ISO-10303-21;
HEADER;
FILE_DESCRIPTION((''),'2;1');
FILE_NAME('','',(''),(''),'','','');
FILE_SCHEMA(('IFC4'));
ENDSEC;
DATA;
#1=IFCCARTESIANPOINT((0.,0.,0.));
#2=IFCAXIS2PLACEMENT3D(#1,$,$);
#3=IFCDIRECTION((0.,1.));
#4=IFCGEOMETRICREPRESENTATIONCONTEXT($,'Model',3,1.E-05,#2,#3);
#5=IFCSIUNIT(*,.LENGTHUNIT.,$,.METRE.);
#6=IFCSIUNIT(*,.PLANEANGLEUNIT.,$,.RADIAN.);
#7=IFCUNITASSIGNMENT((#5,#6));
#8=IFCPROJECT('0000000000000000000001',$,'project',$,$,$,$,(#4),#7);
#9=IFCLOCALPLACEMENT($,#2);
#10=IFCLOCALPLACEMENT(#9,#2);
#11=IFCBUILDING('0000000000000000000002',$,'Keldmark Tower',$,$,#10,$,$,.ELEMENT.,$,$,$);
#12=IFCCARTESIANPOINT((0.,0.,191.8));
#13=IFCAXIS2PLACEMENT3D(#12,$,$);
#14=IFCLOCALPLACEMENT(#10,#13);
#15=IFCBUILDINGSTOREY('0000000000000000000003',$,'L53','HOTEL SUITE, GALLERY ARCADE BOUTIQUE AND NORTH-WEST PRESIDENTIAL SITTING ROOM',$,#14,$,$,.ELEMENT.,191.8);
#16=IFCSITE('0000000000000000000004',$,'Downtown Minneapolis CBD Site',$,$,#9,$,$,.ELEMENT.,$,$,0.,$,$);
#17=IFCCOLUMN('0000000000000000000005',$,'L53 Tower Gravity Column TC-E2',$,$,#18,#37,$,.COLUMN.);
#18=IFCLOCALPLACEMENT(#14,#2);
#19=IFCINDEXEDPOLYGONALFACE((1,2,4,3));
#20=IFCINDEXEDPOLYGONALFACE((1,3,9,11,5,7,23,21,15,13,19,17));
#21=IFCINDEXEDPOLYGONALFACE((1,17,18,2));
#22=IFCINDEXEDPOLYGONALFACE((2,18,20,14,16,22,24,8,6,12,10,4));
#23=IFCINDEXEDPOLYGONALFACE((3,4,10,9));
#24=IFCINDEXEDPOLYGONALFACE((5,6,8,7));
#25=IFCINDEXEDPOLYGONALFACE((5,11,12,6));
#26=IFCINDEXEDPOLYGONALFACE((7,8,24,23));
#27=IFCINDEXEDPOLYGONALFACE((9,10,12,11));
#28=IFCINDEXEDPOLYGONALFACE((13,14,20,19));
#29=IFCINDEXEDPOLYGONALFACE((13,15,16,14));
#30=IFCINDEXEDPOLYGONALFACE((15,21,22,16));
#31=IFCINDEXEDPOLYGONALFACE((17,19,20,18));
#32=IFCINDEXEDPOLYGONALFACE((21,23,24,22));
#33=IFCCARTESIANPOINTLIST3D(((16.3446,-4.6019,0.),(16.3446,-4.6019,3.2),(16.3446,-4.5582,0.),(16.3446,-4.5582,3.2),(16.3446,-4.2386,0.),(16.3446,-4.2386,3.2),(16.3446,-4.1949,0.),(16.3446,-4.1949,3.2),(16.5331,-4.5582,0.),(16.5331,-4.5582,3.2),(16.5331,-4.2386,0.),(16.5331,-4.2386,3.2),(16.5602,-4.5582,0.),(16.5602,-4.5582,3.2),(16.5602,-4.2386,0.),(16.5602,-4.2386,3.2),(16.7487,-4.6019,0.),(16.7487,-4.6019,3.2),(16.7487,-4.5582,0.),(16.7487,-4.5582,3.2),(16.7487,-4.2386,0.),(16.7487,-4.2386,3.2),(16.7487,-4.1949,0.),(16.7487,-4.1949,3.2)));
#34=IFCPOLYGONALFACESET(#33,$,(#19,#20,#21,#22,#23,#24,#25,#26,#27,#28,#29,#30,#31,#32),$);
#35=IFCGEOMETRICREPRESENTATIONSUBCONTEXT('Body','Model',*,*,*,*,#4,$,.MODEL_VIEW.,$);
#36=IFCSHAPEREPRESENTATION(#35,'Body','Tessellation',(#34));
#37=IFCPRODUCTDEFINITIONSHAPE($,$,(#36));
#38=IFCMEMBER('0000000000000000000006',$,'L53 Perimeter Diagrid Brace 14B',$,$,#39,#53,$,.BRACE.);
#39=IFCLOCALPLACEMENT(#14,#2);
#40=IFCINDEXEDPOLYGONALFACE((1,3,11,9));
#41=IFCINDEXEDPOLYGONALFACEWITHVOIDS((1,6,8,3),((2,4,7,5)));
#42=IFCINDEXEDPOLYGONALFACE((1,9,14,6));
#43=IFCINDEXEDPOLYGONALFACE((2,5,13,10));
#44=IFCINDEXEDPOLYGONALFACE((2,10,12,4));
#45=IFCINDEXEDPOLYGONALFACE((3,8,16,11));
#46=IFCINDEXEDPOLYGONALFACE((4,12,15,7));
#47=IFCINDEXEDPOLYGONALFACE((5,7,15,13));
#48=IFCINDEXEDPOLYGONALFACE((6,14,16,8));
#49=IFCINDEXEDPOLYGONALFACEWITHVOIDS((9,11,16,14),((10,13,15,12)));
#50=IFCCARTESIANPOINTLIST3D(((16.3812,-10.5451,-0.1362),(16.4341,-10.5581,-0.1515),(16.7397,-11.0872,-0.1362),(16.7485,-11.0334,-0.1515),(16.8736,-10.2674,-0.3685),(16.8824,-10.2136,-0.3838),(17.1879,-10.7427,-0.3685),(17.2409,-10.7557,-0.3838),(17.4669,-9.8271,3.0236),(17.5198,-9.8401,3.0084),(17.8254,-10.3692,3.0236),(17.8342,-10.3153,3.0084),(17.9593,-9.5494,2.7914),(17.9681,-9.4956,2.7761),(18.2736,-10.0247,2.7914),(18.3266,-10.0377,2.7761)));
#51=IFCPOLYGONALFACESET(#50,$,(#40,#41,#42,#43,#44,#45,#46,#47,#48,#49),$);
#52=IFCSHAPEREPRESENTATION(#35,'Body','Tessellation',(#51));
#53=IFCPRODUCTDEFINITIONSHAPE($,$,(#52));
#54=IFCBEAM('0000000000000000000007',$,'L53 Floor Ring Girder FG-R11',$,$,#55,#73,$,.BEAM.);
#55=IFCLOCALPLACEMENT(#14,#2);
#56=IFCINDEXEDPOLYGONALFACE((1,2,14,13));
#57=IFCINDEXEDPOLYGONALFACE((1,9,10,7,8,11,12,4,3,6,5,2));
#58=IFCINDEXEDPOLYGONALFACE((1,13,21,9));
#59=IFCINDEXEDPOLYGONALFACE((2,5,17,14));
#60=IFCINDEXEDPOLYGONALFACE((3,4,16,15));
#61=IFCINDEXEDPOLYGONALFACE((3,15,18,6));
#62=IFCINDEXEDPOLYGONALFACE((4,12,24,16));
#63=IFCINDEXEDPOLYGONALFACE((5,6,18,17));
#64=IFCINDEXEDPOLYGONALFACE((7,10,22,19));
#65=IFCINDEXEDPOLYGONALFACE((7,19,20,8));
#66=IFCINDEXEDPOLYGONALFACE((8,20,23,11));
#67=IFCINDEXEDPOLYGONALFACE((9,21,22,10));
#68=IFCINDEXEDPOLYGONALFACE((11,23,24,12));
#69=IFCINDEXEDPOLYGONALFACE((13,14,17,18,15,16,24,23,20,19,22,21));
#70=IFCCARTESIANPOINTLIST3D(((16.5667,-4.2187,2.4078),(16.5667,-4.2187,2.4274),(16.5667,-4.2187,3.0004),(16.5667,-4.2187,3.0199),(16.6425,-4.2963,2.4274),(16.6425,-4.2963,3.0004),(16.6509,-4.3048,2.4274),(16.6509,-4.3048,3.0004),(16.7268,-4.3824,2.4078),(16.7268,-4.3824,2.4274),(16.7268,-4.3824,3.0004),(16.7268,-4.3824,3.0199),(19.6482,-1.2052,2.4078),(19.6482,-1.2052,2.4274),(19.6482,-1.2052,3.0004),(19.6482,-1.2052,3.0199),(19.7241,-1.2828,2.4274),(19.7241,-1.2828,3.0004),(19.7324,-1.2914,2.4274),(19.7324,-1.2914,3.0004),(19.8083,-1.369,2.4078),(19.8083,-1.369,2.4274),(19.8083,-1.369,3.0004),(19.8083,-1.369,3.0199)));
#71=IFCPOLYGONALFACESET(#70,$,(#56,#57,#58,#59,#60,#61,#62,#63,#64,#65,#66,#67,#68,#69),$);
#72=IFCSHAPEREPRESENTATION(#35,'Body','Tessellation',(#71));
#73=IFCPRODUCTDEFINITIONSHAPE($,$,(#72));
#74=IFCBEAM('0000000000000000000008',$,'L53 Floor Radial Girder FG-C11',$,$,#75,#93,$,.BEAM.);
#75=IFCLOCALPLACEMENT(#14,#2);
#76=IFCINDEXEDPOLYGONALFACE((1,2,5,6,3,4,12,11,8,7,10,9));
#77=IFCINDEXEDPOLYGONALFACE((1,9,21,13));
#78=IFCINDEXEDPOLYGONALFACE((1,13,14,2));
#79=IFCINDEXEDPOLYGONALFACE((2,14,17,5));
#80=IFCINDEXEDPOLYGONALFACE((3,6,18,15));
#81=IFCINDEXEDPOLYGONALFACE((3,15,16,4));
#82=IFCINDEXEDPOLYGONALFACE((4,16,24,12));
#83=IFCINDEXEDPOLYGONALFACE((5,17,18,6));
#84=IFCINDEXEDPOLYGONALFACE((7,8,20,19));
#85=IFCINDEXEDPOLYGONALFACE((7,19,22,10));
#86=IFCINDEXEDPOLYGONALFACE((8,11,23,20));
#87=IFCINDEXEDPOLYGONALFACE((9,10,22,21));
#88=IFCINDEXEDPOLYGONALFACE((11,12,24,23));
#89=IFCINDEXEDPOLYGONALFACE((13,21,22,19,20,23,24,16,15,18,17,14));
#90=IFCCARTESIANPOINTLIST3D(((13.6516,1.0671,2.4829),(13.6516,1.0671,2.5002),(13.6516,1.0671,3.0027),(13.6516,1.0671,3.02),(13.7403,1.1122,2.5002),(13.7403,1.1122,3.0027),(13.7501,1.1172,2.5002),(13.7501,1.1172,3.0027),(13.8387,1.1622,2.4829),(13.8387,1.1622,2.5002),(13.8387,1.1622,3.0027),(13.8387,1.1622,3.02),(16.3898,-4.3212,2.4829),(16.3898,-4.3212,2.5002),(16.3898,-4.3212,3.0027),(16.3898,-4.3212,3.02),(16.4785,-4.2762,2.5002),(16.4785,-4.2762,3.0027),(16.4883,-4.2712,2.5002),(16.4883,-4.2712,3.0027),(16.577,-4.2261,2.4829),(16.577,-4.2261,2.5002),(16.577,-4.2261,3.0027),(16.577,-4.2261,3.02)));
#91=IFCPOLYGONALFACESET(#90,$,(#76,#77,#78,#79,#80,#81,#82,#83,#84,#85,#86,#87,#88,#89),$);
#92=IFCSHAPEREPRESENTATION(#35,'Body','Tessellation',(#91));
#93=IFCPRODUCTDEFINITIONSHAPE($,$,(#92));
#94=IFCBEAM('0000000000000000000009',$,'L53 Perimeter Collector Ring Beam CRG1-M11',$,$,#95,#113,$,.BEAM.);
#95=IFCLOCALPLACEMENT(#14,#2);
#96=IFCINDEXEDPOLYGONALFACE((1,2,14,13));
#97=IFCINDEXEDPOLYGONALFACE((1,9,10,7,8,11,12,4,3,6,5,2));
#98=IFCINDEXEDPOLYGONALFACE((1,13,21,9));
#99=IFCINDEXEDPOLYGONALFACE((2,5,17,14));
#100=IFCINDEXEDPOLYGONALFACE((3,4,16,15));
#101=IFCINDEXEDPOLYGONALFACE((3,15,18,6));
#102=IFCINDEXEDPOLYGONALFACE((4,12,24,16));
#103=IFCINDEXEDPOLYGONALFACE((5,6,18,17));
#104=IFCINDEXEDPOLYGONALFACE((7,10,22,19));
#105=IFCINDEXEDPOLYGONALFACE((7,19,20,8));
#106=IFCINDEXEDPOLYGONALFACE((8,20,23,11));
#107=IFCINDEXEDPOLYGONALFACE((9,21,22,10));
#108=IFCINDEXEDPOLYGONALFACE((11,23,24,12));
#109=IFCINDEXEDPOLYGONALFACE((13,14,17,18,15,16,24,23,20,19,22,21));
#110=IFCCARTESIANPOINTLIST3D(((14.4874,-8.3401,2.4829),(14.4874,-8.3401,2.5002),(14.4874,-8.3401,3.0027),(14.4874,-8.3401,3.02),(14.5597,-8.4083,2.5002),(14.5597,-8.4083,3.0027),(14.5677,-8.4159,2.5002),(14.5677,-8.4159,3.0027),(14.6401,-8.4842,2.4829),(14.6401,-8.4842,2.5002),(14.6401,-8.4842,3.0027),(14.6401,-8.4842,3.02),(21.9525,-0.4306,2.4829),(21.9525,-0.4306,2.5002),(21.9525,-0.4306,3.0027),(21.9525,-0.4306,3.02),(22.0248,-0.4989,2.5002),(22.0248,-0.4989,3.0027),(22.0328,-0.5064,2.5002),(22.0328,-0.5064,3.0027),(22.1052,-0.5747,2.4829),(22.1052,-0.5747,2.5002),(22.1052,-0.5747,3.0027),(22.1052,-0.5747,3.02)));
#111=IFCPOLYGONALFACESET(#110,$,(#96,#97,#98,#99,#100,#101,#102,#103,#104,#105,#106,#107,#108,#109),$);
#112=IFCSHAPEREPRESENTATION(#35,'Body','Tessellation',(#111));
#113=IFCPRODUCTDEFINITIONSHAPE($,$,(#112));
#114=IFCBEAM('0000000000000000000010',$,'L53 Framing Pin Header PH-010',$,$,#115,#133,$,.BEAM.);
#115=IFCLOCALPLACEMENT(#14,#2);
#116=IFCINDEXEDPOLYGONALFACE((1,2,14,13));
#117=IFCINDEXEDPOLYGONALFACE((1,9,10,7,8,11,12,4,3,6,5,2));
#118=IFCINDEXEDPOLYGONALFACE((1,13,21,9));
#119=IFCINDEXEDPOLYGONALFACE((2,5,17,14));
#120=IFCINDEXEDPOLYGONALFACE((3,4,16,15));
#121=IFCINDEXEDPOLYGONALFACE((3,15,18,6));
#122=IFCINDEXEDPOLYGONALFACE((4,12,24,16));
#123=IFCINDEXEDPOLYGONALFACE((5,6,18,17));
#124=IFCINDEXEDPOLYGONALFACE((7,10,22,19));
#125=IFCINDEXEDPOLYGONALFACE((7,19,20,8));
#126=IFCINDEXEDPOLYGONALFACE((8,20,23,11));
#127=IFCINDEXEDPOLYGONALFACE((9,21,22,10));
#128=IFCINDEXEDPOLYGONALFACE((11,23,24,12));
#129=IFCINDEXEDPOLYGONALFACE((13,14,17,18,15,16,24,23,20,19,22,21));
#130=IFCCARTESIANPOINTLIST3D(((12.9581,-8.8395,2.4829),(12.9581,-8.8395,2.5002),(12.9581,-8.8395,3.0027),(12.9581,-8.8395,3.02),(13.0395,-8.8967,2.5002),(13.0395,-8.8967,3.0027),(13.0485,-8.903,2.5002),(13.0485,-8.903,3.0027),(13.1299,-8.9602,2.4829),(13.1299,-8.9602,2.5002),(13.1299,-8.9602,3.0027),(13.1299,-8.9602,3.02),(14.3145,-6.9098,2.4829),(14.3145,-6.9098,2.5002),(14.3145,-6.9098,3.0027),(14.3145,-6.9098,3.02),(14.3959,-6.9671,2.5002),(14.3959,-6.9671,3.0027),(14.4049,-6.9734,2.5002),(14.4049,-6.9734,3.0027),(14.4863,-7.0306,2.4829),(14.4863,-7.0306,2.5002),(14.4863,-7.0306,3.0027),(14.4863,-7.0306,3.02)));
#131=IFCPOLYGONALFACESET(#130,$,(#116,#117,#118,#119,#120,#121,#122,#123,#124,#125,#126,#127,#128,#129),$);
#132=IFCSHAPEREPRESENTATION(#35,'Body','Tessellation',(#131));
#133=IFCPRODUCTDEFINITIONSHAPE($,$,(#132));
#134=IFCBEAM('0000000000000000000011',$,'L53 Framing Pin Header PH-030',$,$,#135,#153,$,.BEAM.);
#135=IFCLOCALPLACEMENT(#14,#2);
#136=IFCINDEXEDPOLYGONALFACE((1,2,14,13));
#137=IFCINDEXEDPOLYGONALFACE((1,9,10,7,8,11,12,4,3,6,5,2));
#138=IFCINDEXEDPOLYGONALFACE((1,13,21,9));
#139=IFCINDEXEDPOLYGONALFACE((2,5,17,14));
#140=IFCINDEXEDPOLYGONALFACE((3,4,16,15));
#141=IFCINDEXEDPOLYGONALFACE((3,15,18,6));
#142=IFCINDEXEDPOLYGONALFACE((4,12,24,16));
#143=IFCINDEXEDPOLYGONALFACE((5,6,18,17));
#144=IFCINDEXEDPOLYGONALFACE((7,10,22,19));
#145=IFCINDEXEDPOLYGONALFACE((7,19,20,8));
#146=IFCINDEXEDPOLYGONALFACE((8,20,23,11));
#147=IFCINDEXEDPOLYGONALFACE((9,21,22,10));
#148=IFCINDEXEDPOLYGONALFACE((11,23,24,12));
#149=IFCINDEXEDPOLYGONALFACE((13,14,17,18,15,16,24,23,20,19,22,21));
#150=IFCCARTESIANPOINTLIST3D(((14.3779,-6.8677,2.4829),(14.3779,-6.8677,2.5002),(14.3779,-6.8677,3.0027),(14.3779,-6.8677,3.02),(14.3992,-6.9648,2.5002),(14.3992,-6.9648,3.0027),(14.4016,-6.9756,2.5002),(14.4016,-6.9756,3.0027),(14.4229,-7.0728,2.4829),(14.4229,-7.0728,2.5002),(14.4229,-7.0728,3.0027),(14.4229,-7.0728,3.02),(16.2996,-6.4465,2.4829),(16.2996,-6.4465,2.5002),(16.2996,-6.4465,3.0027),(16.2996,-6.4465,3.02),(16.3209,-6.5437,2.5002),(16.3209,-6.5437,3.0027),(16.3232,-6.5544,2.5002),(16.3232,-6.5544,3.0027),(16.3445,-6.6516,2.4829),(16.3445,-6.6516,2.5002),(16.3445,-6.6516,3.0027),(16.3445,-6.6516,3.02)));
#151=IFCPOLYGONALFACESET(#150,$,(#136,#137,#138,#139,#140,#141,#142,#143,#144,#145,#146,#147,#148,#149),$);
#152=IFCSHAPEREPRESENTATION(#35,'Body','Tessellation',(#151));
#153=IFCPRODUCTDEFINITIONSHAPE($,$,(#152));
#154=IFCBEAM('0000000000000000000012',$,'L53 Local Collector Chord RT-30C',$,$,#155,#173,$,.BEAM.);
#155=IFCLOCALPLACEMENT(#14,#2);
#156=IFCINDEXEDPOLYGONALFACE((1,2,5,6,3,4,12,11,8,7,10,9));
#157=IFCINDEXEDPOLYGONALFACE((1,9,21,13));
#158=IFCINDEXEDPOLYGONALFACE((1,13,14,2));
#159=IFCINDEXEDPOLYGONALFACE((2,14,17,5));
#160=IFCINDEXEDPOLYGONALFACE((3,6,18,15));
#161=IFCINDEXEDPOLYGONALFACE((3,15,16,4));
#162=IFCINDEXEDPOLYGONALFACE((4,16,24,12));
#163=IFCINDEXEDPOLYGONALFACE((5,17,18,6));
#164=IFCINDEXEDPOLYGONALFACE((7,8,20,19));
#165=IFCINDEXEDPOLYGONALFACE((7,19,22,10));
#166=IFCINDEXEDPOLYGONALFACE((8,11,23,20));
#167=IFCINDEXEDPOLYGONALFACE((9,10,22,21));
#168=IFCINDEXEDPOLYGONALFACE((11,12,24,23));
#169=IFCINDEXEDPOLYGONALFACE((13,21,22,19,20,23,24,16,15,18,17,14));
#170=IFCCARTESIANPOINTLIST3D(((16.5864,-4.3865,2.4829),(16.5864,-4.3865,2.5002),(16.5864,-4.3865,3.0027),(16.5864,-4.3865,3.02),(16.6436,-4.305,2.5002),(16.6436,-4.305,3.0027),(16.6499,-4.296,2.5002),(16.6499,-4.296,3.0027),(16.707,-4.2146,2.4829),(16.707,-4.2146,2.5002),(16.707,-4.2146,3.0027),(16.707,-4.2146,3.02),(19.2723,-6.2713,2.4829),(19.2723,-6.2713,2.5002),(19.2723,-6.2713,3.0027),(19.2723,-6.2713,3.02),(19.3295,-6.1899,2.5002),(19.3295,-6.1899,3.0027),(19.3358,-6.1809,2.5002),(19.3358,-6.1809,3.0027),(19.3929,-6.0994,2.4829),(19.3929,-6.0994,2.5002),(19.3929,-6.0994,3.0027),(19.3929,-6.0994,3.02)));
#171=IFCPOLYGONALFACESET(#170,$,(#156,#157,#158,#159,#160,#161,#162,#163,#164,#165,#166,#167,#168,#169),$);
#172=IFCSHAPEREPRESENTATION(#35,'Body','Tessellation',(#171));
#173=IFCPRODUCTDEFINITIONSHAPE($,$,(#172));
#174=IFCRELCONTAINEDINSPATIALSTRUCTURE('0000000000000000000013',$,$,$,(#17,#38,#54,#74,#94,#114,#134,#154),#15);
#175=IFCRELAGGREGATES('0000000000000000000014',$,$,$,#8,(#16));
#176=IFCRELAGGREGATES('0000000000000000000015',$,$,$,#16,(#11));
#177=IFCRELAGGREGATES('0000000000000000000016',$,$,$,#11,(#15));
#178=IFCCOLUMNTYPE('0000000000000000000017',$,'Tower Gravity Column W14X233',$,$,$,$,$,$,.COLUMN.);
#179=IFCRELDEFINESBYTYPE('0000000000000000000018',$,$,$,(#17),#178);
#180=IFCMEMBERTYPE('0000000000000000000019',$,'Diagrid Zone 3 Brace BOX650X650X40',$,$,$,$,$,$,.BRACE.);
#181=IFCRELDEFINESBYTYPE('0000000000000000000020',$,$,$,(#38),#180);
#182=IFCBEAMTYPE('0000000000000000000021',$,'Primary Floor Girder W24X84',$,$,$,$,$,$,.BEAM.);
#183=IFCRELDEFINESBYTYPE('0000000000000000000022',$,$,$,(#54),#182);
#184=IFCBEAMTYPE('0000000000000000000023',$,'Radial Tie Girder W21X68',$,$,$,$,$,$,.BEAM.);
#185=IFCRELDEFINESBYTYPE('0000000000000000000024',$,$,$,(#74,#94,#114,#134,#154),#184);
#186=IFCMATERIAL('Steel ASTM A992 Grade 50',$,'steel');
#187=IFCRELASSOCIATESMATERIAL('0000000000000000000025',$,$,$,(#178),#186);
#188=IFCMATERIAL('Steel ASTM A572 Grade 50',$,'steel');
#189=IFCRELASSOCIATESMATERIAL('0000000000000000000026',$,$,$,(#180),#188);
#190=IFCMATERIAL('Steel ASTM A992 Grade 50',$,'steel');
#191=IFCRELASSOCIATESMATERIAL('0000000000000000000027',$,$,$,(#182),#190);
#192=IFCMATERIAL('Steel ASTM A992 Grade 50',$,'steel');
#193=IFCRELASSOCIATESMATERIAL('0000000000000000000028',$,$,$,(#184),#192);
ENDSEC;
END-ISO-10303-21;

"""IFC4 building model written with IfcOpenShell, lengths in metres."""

from ifc_helpers import new_model, si_unit, direction, frame, origin, origin_2d, place, context, subcontext, project, spatial, hollow_rectangle, i_section, extrude, material, material_profile, profile_set, type_object, element, save


model = new_model("IFC4")

# Units and contexts
model_context = context("Model", 3, precision=1e-05, world=origin(), true_north=direction((0.0, 1.0)))
body_context = subcontext(model_context, "Body", "Model", "MODEL_VIEW")
ifc_project = project(units=[si_unit("LENGTHUNIT", "METRE"), si_unit("PLANEANGLEUNIT", "RADIAN")], contexts=[model_context])

# Site, building, storey
site_placement = place(None, origin())
site = spatial("IfcSite", under=ifc_project, at=site_placement, Name="Downtown Minneapolis CBD Site", CompositionType="ELEMENT", RefElevation=0.0)
building_placement = place(site_placement, origin())
building = spatial("IfcBuilding", under=site, at=building_placement, Name="Keldmark Tower", CompositionType="ELEMENT")
storey_placement = place(building_placement, frame((0.0, 0.0, 191.8)))
storey = spatial("IfcBuildingStorey", under=building, at=storey_placement, Name="L53", Description="HOTEL SUITE, GALLERY ARCADE BOUTIQUE AND NORTH-WEST PRESIDENTIAL SITTING ROOM", CompositionType="ELEMENT", Elevation=191.8)

# Column
ifc_material_1 = material(Name="Steel ASTM A992 Grade 50", Category="steel")
ifc_material_profile_1 = material_profile(ifc_material_1, i_section(OverallWidth=0.4041, OverallDepth=0.407, WebThickness=0.0271, FlangeThickness=0.0437, at=origin_2d()), Name="W14X233")
ifc_profile_set_1 = profile_set([ifc_material_profile_1], Name="Steel ASTM A992 Grade 50")
column_type = type_object("IfcColumnType", Name="Tower Gravity Column W14X233", PredefinedType="COLUMN", material=ifc_profile_set_1)
column_placement = place(storey_placement, frame((16.5466, -4.3984, 0.0), z_axis=(0.0, 0.0, 1.0), x_axis=(1.0, 0.0, 0.0)))
element("IfcColumn", 1, at=column_placement, inside=storey, type_object=column_type, Name="L53 Tower Gravity Column TC-E2", PredefinedType="COLUMN", context=body_context, shape_type="SweptSolid", body=[
    extrude(i_section(OverallWidth=0.4041, OverallDepth=0.407, WebThickness=0.0271, FlangeThickness=0.0437, at=origin_2d()), origin(), (0.0, 0.0, 1.0), 3.2),
])

# Member
ifc_material_2 = material(Name="Steel ASTM A572 Grade 50", Category="steel")
ifc_material_profile_2 = material_profile(ifc_material_2, hollow_rectangle(XDim=0.6499, YDim=0.6499, WallThickness=0.04, at=origin_2d()), Name="BOX650X650X40")
ifc_profile_set_2 = profile_set([ifc_material_profile_2], Name="Steel ASTM A572 Grade 50")
member_type = type_object("IfcMemberType", Name="Diagrid Zone 3 Brace BOX650X650X40", PredefinedType="BRACE", material=ifc_profile_set_2)
member_placement = place(storey_placement, frame((16.811, -10.6504, -0.26), z_axis=(0.317686, 0.2101, 0.924626), x_axis=(-0.551623, 0.834093, 0.0)))
element("IfcMember", 2, at=member_placement, inside=storey, type_object=member_type, Name="L53 Perimeter Diagrid Brace 14B", PredefinedType="BRACE", context=body_context, shape_type="SweptSolid", body=[
    extrude(hollow_rectangle(XDim=0.6499, YDim=0.6499, WallThickness=0.04, at=origin_2d()), origin(), (0.0, 0.0, 1.0), 3.4175),
])

# Beams
ifc_material_3 = material(Name="Steel ASTM A992 Grade 50", Category="steel")
ifc_material_profile_3 = material_profile(ifc_material_3, i_section(OverallWidth=0.229, OverallDepth=0.6121, WebThickness=0.012, FlangeThickness=0.0195, at=origin_2d()), Name="W24X84")
ifc_profile_set_3 = profile_set([ifc_material_profile_3], Name="Steel ASTM A992 Grade 50")
beam_type_1 = type_object("IfcBeamType", Name="Primary Floor Girder W24X84", PredefinedType="BEAM", material=ifc_profile_set_3)
beam_1_placement = place(storey_placement, frame((16.6467, -4.3005, 2.7139), z_axis=(0.714965, 0.699161, 0.0), x_axis=(-0.699161, 0.714965, 0.0)))
element("IfcBeam", 3, at=beam_1_placement, inside=storey, type_object=beam_type_1, Name="L53 Floor Ring Girder FG-R11", PredefinedType="BEAM", context=body_context, shape_type="SweptSolid", body=[
    extrude(i_section(OverallWidth=0.229, OverallDepth=0.6121, WebThickness=0.012, FlangeThickness=0.0195, at=origin_2d()), origin(), (0.0, 0.0, 1.0), 4.3101),
])
ifc_material_4 = material(Name="Steel ASTM A992 Grade 50", Category="steel")
ifc_material_profile_4 = material_profile(ifc_material_4, i_section(OverallWidth=0.21, OverallDepth=0.5371, WebThickness=0.011, FlangeThickness=0.0173, at=origin_2d()), Name="W21X68")
ifc_profile_set_4 = profile_set([ifc_material_profile_4], Name="Steel ASTM A992 Grade 50")
beam_type_2 = type_object("IfcBeamType", Name="Radial Tie Girder W21X68", PredefinedType="BEAM", material=ifc_profile_set_4)
beam_2_placement = place(storey_placement, frame((16.4834, -4.2737, 2.7515), z_axis=(-0.453037, 0.891492, 0.0), x_axis=(-0.891492, -0.453037, 0.0)))
element("IfcBeam", 4, at=beam_2_placement, inside=storey, type_object=beam_type_2, Name="L53 Floor Radial Girder FG-C11", PredefinedType="BEAM", context=body_context, shape_type="SweptSolid", body=[
    extrude(i_section(OverallWidth=0.21, OverallDepth=0.5371, WebThickness=0.011, FlangeThickness=0.0173, at=origin_2d()), origin(), (0.0, 0.0, 1.0), 6.0442),
])
beam_3_placement = place(storey_placement, frame((14.5637, -8.4121, 2.7515), z_axis=(0.686384, 0.727239, 0.0), x_axis=(-0.727239, 0.686384, 0.0)))
element("IfcBeam", 5, at=beam_3_placement, inside=storey, type_object=beam_type_2, Name="L53 Perimeter Collector Ring Beam CRG1-M11", PredefinedType="BEAM", context=body_context, shape_type="SweptSolid", body=[
    extrude(i_section(OverallWidth=0.21, OverallDepth=0.5371, WebThickness=0.011, FlangeThickness=0.0173, at=origin_2d()), origin(), (0.0, 0.0, 1.0), 10.876),
])
beam_4_placement = place(storey_placement, frame((14.4004, -6.9702, 2.7515), z_axis=(-0.575073, -0.818102, 0.0), x_axis=(0.818102, -0.575073, 0.0)))
element("IfcBeam", 6, at=beam_4_placement, inside=storey, type_object=beam_type_2, Name="L53 Framing Pin Header PH-010", PredefinedType="BEAM", context=body_context, shape_type="SweptSolid", body=[
    extrude(i_section(OverallWidth=0.21, OverallDepth=0.5371, WebThickness=0.011, FlangeThickness=0.0173, at=origin_2d()), origin(), (0.0, 0.0, 1.0), 2.3586),
])
beam_5_placement = place(storey_placement, frame((14.4004, -6.9702, 2.7515), z_axis=(0.976817, 0.214078, 0.0), x_axis=(-0.214078, 0.976817, 0.0)))
element("IfcBeam", 7, at=beam_5_placement, inside=storey, type_object=beam_type_2, Name="L53 Framing Pin Header PH-030", PredefinedType="BEAM", context=body_context, shape_type="SweptSolid", body=[
    extrude(i_section(OverallWidth=0.21, OverallDepth=0.5371, WebThickness=0.011, FlangeThickness=0.0173, at=origin_2d()), origin(), (0.0, 0.0, 1.0), 1.9673),
])
beam_6_placement = place(storey_placement, frame((16.6467, -4.3005, 2.7515), z_axis=(0.818557, -0.574426, 0.0), x_axis=(0.574426, 0.818557, 0.0)))
element("IfcBeam", 8, at=beam_6_placement, inside=storey, type_object=beam_type_2, Name="L53 Local Collector Chord RT-30C", PredefinedType="BEAM", context=body_context, shape_type="SweptSolid", body=[
    extrude(i_section(OverallWidth=0.21, OverallDepth=0.5371, WebThickness=0.011, FlangeThickness=0.0173, at=origin_2d()), origin(), (0.0, 0.0, 1.0), 3.2812),
])

save(model, "model.ifc")
